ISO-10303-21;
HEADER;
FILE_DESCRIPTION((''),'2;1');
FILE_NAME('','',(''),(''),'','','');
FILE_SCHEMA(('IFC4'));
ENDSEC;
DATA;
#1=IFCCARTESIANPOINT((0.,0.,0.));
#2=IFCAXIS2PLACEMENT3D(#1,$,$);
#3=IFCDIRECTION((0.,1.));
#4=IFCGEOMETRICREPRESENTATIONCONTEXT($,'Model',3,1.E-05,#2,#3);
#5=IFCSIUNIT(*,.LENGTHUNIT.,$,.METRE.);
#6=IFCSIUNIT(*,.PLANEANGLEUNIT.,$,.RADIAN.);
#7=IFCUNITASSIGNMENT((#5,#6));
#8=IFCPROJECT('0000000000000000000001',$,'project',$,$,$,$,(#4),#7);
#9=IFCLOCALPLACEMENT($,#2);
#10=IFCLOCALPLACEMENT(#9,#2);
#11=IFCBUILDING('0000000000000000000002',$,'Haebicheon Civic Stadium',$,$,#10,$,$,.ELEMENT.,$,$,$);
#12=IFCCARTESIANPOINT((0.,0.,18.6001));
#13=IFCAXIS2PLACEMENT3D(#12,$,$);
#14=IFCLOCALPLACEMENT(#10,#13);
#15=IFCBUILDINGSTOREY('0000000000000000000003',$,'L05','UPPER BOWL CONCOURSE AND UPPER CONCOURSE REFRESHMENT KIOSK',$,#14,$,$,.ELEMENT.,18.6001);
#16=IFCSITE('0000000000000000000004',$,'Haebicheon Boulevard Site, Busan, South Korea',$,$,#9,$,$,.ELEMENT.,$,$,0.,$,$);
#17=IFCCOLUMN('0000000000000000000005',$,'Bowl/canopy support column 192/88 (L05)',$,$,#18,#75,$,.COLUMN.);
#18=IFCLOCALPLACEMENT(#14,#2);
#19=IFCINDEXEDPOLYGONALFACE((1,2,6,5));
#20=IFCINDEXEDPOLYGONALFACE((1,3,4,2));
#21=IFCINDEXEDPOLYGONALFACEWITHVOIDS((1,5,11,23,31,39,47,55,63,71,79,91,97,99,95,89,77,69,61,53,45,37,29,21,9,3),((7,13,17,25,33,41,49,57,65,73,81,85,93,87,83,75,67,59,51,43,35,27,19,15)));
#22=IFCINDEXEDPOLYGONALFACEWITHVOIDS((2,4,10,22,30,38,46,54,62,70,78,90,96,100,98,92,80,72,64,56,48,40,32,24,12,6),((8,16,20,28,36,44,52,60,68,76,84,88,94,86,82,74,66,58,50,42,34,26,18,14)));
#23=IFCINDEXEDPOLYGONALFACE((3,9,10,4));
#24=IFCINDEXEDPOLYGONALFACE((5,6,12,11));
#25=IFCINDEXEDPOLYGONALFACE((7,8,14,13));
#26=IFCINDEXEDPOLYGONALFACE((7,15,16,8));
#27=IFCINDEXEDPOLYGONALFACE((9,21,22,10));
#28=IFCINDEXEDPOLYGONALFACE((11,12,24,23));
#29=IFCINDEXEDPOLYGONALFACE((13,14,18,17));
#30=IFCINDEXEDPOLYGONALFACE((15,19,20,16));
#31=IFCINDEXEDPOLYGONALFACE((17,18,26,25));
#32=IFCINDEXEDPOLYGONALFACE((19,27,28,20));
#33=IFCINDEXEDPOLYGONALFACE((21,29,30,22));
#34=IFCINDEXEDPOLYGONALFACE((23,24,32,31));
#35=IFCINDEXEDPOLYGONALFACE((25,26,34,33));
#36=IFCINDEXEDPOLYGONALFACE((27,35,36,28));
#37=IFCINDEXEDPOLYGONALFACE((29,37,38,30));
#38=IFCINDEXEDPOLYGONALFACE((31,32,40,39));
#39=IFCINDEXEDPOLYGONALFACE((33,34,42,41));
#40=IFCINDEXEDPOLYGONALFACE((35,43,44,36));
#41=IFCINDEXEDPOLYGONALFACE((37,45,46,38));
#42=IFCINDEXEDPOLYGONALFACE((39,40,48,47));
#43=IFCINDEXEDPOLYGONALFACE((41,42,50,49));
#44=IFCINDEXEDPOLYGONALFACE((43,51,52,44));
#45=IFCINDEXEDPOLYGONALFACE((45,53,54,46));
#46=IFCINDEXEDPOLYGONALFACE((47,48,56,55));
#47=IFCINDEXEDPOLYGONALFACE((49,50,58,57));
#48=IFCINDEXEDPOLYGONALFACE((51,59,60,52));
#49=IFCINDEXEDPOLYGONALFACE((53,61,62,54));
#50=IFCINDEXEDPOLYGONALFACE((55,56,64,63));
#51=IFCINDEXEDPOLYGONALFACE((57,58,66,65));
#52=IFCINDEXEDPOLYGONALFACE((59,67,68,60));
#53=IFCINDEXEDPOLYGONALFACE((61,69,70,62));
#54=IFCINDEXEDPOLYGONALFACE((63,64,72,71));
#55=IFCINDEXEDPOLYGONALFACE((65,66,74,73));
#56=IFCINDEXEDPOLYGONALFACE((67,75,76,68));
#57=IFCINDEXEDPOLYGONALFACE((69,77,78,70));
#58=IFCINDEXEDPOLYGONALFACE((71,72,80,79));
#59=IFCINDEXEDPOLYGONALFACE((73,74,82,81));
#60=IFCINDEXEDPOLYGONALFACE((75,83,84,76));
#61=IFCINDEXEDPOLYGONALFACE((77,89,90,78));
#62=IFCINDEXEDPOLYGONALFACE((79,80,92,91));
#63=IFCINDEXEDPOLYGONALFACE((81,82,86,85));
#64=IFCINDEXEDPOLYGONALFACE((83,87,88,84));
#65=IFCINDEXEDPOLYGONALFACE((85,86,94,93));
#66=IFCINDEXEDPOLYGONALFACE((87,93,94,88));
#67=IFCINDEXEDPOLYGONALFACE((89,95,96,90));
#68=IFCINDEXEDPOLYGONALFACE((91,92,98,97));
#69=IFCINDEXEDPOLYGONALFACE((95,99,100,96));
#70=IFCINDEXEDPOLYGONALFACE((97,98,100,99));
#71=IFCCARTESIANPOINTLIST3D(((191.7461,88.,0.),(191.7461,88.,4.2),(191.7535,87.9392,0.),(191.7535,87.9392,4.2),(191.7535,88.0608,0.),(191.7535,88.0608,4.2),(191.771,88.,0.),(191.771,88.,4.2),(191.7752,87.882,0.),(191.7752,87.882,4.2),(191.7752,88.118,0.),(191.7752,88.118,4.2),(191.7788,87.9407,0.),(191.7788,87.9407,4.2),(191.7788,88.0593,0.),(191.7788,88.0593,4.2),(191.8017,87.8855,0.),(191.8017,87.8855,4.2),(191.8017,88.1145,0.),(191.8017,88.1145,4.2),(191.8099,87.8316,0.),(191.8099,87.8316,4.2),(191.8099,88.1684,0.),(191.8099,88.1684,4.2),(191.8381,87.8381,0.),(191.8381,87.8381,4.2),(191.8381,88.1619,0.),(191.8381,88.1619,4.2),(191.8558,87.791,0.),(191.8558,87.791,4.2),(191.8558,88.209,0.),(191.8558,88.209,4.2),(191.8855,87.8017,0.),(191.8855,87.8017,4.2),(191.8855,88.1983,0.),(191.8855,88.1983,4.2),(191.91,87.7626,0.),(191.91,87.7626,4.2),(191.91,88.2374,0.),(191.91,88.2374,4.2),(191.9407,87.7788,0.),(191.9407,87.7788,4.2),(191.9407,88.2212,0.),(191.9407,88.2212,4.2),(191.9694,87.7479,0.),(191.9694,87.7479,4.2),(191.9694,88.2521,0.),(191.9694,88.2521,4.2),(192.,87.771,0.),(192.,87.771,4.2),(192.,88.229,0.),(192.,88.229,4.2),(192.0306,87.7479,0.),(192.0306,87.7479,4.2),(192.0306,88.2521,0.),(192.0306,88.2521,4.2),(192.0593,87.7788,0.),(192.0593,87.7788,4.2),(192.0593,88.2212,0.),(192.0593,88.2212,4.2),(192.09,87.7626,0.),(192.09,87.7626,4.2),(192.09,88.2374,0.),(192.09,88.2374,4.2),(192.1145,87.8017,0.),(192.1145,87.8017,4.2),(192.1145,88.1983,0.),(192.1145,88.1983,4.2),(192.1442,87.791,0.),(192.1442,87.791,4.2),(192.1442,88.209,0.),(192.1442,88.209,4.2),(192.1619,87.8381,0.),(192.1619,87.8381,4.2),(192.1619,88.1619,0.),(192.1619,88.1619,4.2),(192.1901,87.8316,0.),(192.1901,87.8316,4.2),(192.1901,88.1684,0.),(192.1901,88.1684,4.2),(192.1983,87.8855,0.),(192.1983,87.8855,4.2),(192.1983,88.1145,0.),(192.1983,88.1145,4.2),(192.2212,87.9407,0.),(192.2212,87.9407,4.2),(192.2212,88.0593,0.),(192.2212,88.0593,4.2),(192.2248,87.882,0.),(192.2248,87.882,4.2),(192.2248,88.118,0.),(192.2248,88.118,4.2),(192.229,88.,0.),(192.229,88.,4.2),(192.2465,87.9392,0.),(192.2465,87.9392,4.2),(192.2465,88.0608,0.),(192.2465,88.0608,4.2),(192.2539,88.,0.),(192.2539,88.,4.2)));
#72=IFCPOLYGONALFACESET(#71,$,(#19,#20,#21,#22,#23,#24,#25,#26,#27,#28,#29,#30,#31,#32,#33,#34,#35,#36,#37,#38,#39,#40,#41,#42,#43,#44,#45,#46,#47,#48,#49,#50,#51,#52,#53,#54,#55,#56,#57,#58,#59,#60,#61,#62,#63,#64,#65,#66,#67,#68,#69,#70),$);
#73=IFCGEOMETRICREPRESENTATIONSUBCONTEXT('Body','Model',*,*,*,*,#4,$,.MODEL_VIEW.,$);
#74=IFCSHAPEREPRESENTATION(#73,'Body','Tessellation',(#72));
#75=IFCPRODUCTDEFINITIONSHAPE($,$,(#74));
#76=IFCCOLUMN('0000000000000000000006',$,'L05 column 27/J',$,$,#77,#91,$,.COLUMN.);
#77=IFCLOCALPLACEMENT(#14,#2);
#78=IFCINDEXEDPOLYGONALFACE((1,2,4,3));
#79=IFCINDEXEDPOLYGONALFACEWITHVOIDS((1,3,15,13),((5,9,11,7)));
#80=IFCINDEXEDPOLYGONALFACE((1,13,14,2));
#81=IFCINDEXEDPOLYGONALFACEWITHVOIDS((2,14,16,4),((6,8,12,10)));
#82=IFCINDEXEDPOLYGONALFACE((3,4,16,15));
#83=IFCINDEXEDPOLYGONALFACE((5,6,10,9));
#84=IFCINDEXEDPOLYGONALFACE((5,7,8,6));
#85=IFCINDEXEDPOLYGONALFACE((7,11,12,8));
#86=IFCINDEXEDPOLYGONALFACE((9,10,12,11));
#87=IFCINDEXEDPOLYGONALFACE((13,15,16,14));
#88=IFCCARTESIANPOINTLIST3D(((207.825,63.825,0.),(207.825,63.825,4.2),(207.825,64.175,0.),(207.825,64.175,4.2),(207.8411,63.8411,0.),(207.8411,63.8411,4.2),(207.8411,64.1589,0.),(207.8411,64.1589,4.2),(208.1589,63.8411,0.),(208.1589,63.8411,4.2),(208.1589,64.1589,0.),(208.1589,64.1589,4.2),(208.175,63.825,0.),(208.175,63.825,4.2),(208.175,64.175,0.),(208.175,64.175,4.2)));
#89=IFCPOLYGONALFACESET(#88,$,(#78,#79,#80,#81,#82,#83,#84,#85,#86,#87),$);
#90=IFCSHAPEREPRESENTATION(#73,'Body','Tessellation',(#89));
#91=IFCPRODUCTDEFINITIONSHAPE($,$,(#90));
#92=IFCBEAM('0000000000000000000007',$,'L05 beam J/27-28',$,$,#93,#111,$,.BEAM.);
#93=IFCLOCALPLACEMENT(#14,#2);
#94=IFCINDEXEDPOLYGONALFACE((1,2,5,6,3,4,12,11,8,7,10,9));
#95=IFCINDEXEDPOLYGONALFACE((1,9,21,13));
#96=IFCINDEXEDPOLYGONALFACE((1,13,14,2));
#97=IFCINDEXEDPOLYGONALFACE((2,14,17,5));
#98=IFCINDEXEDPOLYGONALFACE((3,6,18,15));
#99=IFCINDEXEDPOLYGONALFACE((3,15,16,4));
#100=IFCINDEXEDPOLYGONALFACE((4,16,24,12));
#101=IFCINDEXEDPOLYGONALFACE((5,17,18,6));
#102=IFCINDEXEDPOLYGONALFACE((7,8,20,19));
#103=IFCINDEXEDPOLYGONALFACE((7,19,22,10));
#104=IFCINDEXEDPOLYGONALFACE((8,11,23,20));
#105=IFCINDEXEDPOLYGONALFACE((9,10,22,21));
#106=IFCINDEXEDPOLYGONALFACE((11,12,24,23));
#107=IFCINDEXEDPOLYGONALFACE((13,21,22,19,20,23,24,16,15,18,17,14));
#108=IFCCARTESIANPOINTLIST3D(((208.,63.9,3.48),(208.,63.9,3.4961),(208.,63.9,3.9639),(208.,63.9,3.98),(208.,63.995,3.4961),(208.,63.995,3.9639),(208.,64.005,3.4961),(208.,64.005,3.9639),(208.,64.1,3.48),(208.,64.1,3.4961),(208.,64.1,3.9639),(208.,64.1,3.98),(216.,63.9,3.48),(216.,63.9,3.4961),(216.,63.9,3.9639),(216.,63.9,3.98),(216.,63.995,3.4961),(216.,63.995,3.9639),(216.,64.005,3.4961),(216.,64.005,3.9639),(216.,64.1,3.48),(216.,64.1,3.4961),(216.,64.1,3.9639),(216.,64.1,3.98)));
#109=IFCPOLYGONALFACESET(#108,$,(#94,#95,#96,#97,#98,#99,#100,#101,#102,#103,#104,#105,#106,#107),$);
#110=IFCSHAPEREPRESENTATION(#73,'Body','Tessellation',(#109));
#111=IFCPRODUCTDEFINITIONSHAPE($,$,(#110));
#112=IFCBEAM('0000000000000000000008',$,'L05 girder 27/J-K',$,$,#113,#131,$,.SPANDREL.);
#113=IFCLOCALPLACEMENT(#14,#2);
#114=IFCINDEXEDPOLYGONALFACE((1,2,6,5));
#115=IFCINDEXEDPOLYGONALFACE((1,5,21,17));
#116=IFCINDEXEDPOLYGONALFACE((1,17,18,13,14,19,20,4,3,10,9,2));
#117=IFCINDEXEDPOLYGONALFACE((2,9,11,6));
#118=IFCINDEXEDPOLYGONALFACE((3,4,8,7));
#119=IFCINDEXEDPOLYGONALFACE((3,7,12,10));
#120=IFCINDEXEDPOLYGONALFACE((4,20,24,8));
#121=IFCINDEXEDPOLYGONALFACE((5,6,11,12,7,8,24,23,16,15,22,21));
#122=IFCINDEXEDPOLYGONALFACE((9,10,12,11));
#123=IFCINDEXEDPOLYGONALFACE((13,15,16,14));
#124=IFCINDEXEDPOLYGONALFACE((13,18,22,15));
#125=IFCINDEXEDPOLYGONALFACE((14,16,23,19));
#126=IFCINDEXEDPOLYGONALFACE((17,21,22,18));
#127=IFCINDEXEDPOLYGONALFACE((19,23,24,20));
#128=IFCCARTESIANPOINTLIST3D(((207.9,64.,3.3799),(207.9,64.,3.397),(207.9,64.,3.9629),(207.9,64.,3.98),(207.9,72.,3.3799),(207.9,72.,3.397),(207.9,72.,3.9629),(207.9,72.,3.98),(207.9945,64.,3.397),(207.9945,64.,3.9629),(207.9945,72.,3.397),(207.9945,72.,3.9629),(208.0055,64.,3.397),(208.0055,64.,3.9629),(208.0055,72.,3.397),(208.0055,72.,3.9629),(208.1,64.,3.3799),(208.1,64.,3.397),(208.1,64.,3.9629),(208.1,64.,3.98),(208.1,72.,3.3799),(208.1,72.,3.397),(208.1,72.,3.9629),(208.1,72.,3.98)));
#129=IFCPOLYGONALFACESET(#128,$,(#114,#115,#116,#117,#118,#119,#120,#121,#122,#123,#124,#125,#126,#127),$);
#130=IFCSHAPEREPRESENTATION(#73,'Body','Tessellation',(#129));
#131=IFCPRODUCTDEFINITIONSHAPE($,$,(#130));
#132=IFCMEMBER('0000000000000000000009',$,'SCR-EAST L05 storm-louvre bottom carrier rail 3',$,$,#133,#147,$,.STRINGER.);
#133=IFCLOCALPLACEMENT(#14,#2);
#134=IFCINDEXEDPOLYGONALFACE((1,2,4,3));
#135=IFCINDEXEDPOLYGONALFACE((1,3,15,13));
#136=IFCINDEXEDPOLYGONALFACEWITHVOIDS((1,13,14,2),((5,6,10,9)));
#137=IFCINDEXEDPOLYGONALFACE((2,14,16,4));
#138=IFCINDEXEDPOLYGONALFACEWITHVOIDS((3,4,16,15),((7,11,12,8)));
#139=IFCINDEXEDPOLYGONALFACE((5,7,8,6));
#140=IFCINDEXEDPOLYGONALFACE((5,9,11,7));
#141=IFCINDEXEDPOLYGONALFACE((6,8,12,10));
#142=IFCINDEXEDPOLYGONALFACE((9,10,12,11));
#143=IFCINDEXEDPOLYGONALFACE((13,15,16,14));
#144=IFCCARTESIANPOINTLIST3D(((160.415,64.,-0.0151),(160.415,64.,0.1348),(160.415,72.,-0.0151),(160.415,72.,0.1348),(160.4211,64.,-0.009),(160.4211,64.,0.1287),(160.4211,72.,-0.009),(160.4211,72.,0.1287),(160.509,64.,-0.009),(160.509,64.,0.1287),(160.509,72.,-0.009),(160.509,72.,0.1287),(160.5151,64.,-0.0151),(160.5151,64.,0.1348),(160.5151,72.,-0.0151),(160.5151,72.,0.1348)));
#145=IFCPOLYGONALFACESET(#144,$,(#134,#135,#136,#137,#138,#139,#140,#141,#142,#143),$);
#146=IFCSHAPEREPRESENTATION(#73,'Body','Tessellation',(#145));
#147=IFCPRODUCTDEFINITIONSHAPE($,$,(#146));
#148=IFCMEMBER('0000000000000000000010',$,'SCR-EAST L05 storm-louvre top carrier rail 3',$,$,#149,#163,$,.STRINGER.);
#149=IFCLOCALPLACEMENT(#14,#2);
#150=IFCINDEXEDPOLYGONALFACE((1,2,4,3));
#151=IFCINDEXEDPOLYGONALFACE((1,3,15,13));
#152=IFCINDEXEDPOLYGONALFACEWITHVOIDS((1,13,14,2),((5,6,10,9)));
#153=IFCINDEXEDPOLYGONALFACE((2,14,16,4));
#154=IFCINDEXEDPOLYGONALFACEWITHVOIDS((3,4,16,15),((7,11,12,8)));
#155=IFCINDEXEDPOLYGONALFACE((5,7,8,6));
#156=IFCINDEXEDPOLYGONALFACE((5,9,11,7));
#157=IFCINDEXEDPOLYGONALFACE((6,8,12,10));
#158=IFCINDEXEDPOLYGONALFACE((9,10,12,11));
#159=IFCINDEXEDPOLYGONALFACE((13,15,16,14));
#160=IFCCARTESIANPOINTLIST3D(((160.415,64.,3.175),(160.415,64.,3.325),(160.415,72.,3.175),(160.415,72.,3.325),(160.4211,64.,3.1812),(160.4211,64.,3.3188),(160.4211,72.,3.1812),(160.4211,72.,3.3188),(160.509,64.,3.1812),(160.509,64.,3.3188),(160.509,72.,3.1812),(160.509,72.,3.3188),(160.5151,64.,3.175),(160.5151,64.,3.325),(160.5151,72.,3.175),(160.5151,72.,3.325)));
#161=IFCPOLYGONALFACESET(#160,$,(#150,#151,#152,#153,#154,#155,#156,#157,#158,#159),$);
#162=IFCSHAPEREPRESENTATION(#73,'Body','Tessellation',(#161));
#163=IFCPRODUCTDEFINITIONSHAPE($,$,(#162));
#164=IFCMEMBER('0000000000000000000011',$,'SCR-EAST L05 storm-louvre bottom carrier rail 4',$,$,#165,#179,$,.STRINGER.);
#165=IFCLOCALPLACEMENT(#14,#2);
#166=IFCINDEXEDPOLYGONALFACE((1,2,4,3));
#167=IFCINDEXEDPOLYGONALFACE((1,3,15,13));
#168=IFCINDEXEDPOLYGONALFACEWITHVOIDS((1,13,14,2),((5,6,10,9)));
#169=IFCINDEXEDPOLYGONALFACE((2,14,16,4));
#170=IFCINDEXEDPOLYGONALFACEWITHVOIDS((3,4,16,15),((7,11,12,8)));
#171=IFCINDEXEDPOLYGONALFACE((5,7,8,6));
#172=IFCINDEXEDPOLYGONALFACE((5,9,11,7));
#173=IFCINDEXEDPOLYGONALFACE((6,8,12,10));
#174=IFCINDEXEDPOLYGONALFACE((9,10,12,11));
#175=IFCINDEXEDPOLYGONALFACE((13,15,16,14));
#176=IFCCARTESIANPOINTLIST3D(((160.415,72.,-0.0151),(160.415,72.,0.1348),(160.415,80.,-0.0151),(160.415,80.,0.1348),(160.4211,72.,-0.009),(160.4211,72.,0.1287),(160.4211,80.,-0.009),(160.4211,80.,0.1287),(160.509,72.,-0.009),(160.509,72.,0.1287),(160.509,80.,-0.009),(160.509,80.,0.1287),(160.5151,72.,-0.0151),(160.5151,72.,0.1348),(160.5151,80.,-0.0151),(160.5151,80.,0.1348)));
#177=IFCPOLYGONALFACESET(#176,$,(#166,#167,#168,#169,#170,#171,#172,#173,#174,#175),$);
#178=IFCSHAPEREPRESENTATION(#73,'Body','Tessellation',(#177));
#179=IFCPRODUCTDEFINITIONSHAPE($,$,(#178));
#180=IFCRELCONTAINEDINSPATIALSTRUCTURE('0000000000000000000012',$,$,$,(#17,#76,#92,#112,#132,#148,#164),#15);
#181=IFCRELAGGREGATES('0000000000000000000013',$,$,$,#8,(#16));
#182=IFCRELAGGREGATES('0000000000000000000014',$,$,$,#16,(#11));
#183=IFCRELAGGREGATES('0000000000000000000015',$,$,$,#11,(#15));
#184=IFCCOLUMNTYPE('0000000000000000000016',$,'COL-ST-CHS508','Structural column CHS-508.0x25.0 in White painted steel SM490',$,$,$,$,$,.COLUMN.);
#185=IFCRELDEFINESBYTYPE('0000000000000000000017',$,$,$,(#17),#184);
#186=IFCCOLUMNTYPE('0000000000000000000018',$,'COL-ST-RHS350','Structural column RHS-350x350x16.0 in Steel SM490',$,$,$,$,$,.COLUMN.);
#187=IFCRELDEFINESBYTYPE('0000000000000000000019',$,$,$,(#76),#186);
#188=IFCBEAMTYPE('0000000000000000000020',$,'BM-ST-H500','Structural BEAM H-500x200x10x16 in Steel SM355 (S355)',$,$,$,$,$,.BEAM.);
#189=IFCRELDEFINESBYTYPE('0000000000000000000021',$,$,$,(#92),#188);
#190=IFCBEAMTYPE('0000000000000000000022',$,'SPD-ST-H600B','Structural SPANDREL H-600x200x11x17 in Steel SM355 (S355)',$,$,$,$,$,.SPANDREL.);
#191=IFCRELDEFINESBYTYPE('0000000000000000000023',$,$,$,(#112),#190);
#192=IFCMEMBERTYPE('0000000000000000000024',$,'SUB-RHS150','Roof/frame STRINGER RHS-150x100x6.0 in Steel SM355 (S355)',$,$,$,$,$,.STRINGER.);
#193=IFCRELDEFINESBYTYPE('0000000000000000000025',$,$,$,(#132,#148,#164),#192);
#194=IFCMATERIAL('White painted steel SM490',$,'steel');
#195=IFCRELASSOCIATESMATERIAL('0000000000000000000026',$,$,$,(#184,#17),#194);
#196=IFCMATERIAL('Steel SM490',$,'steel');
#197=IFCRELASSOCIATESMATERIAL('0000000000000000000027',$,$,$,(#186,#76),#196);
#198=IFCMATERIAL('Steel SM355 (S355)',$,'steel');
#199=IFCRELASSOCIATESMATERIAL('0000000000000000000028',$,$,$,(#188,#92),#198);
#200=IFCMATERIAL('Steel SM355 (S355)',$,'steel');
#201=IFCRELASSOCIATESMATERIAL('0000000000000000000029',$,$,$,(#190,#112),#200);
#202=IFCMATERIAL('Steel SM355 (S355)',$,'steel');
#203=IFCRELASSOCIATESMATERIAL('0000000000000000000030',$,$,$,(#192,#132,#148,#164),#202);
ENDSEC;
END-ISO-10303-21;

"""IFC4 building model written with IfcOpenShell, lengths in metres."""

from ifc_helpers import new_model, si_unit, direction, frame, origin, origin_2d, place, context, subcontext, project, spatial, hollow_rectangle, hollow_circle, i_section, extrude, material, material_profile, profile_set, type_object, element, save


model = new_model("IFC4")

# Units and contexts
model_context = context("Model", 3, precision=1e-05, world=origin(), true_north=direction((0.0, 1.0)))
body_context = subcontext(model_context, "Body", "Model", "MODEL_VIEW")
ifc_project = project(units=[si_unit("LENGTHUNIT", "METRE"), si_unit("PLANEANGLEUNIT", "RADIAN")], contexts=[model_context])

# Site, building, storey
site_placement = place(None, origin())
site = spatial("IfcSite", under=ifc_project, at=site_placement, Name="Haebicheon Boulevard Site, Busan, South Korea", CompositionType="ELEMENT", RefElevation=0.0)
building_placement = place(site_placement, origin())
building = spatial("IfcBuilding", under=site, at=building_placement, Name="Haebicheon Civic Stadium", CompositionType="ELEMENT")
storey_placement = place(building_placement, frame((0.0, 0.0, 18.6001)))
storey = spatial("IfcBuildingStorey", under=building, at=storey_placement, Name="L05", Description="UPPER BOWL CONCOURSE AND UPPER CONCOURSE REFRESHMENT KIOSK", CompositionType="ELEMENT", Elevation=18.6001)

# Columns
ifc_material_1 = material(Name="White painted steel SM490", Category="steel")
ifc_material_profile_1 = material_profile(ifc_material_1, hollow_circle(Radius=0.2539, WallThickness=0.0249, at=origin_2d()), Name="CHS-508.0x25.0")
ifc_profile_set_1 = profile_set([ifc_material_profile_1], Name="White painted steel SM490")
column_type_1 = type_object("IfcColumnType", Name="COL-ST-CHS508", Description="Structural column CHS-508.0x25.0 in White painted steel SM490", PredefinedType="COLUMN", material=ifc_profile_set_1)
for number, where, z_axis, x_axis, name in (
    (1, (192.0, 88.0, 0.0), (0.0, 0.0, 1.0), (1.0, 0.0, 0.0), "Bowl/canopy support column 192/88 (L05)"),
):
    element("IfcColumn", number, at=place(storey_placement, frame(where, z_axis=z_axis, x_axis=x_axis)), inside=storey, type_object=column_type_1, material=ifc_profile_set_1, Name=name, PredefinedType="COLUMN", context=body_context, shape_type="SweptSolid", body=[
        extrude(hollow_circle(Radius=0.2539, WallThickness=0.0249, at=origin_2d()), origin(), (0.0, 0.0, 1.0), 4.2),
    ])
ifc_material_2 = material(Name="Steel SM490", Category="steel")
ifc_material_profile_2 = material_profile(ifc_material_2, hollow_rectangle(XDim=0.3501, YDim=0.3501, WallThickness=0.0161, at=origin_2d()), Name="RHS-350x350x16.0")
ifc_profile_set_2 = profile_set([ifc_material_profile_2], Name="Steel SM490")
column_type_2 = type_object("IfcColumnType", Name="COL-ST-RHS350", Description="Structural column RHS-350x350x16.0 in Steel SM490", PredefinedType="COLUMN", material=ifc_profile_set_2)
column_placement = place(storey_placement, frame((208.0, 64.0, 0.0), z_axis=(0.0, 0.0, 1.0), x_axis=(1.0, 0.0, 0.0)))
element("IfcColumn", 2, at=column_placement, inside=storey, type_object=column_type_2, material=ifc_profile_set_2, Name="L05 column 27/J", PredefinedType="COLUMN", context=body_context, shape_type="SweptSolid", body=[
    extrude(hollow_rectangle(XDim=0.3501, YDim=0.3501, WallThickness=0.0161, at=origin_2d()), origin(), (0.0, 0.0, 1.0), 4.2),
])

# Beams
ifc_material_3 = material(Name="Steel SM355 (S355)", Category="steel")
ifc_material_profile_3 = material_profile(ifc_material_3, i_section(OverallWidth=0.2, OverallDepth=0.5, WebThickness=0.01, FlangeThickness=0.0161, at=origin_2d()), Name="H-500x200x10x16")
ifc_profile_set_3 = profile_set([ifc_material_profile_3], Name="Steel SM355 (S355)")
beam_type_1 = type_object("IfcBeamType", Name="BM-ST-H500", Description="Structural BEAM H-500x200x10x16 in Steel SM355 (S355)", PredefinedType="BEAM", material=ifc_profile_set_3)
beam_1_placement = place(storey_placement, frame((208.0, 64.0, 3.73), z_axis=(1.0, 0.0, 0.0), x_axis=(0.0, 1.0, 0.0)))
element("IfcBeam", 3, at=beam_1_placement, inside=storey, type_object=beam_type_1, material=ifc_profile_set_3, Name="L05 beam J/27-28", PredefinedType="BEAM", context=body_context, shape_type="SweptSolid", body=[
    extrude(i_section(OverallWidth=0.2, OverallDepth=0.5, WebThickness=0.01, FlangeThickness=0.0161, at=origin_2d()), origin(), (0.0, 0.0, 1.0), 8.0),
])
ifc_material_4 = material(Name="Steel SM355 (S355)", Category="steel")
ifc_material_profile_4 = material_profile(ifc_material_4, i_section(OverallWidth=0.2, OverallDepth=0.6001, WebThickness=0.011, FlangeThickness=0.0171, at=origin_2d()), Name="H-600x200x11x17")
ifc_profile_set_4 = profile_set([ifc_material_profile_4], Name="Steel SM355 (S355)")
beam_type_2 = type_object("IfcBeamType", Name="SPD-ST-H600B", Description="Structural SPANDREL H-600x200x11x17 in Steel SM355 (S355)", PredefinedType="SPANDREL", material=ifc_profile_set_4)
beam_2_placement = place(storey_placement, frame((208.0, 64.0, 3.6799), z_axis=(0.0, 1.0, 0.0), x_axis=(-1.0, 0.0, 0.0)))
element("IfcBeam", 4, at=beam_2_placement, inside=storey, type_object=beam_type_2, material=ifc_profile_set_4, Name="L05 girder 27/J-K", PredefinedType="SPANDREL", context=body_context, shape_type="SweptSolid", body=[
    extrude(i_section(OverallWidth=0.2, OverallDepth=0.6001, WebThickness=0.011, FlangeThickness=0.0171, at=origin_2d()), origin(), (0.0, 0.0, 1.0), 8.0),
])

# Members
ifc_material_5 = material(Name="Steel SM355 (S355)", Category="steel")
ifc_material_profile_5 = material_profile(ifc_material_5, hollow_rectangle(XDim=0.1001, YDim=0.1499, WallThickness=0.0061, at=origin_2d()), Name="RHS-150x100x6.0")
ifc_profile_set_5 = profile_set([ifc_material_profile_5], Name="Steel SM355 (S355)")
member_type = type_object("IfcMemberType", Name="SUB-RHS150", Description="Roof/frame STRINGER RHS-150x100x6.0 in Steel SM355 (S355)", PredefinedType="STRINGER", material=ifc_profile_set_5)
for number, where, z_axis, x_axis, name in (
    (5, (160.4651, 64.0, 0.0598), (0.0, 1.0, 0.0), (-1.0, 0.0, 0.0), "SCR-EAST L05 storm-louvre bottom carrier rail 3"),
    (6, (160.4651, 64.0, 3.25), (0.0, 1.0, 0.0), (-1.0, 0.0, 0.0), "SCR-EAST L05 storm-louvre top carrier rail 3"),
    (7, (160.4651, 72.0, 0.0598), (0.0, 1.0, 0.0), (-1.0, 0.0, 0.0), "SCR-EAST L05 storm-louvre bottom carrier rail 4"),
):
    element("IfcMember", number, at=place(storey_placement, frame(where, z_axis=z_axis, x_axis=x_axis)), inside=storey, type_object=member_type, material=ifc_profile_set_5, Name=name, PredefinedType="STRINGER", context=body_context, shape_type="SweptSolid", body=[
        extrude(hollow_rectangle(XDim=0.1001, YDim=0.1499, WallThickness=0.0061, at=origin_2d()), origin(), (0.0, 0.0, 1.0), 8.0),
    ])

save(model, "model.ifc")
